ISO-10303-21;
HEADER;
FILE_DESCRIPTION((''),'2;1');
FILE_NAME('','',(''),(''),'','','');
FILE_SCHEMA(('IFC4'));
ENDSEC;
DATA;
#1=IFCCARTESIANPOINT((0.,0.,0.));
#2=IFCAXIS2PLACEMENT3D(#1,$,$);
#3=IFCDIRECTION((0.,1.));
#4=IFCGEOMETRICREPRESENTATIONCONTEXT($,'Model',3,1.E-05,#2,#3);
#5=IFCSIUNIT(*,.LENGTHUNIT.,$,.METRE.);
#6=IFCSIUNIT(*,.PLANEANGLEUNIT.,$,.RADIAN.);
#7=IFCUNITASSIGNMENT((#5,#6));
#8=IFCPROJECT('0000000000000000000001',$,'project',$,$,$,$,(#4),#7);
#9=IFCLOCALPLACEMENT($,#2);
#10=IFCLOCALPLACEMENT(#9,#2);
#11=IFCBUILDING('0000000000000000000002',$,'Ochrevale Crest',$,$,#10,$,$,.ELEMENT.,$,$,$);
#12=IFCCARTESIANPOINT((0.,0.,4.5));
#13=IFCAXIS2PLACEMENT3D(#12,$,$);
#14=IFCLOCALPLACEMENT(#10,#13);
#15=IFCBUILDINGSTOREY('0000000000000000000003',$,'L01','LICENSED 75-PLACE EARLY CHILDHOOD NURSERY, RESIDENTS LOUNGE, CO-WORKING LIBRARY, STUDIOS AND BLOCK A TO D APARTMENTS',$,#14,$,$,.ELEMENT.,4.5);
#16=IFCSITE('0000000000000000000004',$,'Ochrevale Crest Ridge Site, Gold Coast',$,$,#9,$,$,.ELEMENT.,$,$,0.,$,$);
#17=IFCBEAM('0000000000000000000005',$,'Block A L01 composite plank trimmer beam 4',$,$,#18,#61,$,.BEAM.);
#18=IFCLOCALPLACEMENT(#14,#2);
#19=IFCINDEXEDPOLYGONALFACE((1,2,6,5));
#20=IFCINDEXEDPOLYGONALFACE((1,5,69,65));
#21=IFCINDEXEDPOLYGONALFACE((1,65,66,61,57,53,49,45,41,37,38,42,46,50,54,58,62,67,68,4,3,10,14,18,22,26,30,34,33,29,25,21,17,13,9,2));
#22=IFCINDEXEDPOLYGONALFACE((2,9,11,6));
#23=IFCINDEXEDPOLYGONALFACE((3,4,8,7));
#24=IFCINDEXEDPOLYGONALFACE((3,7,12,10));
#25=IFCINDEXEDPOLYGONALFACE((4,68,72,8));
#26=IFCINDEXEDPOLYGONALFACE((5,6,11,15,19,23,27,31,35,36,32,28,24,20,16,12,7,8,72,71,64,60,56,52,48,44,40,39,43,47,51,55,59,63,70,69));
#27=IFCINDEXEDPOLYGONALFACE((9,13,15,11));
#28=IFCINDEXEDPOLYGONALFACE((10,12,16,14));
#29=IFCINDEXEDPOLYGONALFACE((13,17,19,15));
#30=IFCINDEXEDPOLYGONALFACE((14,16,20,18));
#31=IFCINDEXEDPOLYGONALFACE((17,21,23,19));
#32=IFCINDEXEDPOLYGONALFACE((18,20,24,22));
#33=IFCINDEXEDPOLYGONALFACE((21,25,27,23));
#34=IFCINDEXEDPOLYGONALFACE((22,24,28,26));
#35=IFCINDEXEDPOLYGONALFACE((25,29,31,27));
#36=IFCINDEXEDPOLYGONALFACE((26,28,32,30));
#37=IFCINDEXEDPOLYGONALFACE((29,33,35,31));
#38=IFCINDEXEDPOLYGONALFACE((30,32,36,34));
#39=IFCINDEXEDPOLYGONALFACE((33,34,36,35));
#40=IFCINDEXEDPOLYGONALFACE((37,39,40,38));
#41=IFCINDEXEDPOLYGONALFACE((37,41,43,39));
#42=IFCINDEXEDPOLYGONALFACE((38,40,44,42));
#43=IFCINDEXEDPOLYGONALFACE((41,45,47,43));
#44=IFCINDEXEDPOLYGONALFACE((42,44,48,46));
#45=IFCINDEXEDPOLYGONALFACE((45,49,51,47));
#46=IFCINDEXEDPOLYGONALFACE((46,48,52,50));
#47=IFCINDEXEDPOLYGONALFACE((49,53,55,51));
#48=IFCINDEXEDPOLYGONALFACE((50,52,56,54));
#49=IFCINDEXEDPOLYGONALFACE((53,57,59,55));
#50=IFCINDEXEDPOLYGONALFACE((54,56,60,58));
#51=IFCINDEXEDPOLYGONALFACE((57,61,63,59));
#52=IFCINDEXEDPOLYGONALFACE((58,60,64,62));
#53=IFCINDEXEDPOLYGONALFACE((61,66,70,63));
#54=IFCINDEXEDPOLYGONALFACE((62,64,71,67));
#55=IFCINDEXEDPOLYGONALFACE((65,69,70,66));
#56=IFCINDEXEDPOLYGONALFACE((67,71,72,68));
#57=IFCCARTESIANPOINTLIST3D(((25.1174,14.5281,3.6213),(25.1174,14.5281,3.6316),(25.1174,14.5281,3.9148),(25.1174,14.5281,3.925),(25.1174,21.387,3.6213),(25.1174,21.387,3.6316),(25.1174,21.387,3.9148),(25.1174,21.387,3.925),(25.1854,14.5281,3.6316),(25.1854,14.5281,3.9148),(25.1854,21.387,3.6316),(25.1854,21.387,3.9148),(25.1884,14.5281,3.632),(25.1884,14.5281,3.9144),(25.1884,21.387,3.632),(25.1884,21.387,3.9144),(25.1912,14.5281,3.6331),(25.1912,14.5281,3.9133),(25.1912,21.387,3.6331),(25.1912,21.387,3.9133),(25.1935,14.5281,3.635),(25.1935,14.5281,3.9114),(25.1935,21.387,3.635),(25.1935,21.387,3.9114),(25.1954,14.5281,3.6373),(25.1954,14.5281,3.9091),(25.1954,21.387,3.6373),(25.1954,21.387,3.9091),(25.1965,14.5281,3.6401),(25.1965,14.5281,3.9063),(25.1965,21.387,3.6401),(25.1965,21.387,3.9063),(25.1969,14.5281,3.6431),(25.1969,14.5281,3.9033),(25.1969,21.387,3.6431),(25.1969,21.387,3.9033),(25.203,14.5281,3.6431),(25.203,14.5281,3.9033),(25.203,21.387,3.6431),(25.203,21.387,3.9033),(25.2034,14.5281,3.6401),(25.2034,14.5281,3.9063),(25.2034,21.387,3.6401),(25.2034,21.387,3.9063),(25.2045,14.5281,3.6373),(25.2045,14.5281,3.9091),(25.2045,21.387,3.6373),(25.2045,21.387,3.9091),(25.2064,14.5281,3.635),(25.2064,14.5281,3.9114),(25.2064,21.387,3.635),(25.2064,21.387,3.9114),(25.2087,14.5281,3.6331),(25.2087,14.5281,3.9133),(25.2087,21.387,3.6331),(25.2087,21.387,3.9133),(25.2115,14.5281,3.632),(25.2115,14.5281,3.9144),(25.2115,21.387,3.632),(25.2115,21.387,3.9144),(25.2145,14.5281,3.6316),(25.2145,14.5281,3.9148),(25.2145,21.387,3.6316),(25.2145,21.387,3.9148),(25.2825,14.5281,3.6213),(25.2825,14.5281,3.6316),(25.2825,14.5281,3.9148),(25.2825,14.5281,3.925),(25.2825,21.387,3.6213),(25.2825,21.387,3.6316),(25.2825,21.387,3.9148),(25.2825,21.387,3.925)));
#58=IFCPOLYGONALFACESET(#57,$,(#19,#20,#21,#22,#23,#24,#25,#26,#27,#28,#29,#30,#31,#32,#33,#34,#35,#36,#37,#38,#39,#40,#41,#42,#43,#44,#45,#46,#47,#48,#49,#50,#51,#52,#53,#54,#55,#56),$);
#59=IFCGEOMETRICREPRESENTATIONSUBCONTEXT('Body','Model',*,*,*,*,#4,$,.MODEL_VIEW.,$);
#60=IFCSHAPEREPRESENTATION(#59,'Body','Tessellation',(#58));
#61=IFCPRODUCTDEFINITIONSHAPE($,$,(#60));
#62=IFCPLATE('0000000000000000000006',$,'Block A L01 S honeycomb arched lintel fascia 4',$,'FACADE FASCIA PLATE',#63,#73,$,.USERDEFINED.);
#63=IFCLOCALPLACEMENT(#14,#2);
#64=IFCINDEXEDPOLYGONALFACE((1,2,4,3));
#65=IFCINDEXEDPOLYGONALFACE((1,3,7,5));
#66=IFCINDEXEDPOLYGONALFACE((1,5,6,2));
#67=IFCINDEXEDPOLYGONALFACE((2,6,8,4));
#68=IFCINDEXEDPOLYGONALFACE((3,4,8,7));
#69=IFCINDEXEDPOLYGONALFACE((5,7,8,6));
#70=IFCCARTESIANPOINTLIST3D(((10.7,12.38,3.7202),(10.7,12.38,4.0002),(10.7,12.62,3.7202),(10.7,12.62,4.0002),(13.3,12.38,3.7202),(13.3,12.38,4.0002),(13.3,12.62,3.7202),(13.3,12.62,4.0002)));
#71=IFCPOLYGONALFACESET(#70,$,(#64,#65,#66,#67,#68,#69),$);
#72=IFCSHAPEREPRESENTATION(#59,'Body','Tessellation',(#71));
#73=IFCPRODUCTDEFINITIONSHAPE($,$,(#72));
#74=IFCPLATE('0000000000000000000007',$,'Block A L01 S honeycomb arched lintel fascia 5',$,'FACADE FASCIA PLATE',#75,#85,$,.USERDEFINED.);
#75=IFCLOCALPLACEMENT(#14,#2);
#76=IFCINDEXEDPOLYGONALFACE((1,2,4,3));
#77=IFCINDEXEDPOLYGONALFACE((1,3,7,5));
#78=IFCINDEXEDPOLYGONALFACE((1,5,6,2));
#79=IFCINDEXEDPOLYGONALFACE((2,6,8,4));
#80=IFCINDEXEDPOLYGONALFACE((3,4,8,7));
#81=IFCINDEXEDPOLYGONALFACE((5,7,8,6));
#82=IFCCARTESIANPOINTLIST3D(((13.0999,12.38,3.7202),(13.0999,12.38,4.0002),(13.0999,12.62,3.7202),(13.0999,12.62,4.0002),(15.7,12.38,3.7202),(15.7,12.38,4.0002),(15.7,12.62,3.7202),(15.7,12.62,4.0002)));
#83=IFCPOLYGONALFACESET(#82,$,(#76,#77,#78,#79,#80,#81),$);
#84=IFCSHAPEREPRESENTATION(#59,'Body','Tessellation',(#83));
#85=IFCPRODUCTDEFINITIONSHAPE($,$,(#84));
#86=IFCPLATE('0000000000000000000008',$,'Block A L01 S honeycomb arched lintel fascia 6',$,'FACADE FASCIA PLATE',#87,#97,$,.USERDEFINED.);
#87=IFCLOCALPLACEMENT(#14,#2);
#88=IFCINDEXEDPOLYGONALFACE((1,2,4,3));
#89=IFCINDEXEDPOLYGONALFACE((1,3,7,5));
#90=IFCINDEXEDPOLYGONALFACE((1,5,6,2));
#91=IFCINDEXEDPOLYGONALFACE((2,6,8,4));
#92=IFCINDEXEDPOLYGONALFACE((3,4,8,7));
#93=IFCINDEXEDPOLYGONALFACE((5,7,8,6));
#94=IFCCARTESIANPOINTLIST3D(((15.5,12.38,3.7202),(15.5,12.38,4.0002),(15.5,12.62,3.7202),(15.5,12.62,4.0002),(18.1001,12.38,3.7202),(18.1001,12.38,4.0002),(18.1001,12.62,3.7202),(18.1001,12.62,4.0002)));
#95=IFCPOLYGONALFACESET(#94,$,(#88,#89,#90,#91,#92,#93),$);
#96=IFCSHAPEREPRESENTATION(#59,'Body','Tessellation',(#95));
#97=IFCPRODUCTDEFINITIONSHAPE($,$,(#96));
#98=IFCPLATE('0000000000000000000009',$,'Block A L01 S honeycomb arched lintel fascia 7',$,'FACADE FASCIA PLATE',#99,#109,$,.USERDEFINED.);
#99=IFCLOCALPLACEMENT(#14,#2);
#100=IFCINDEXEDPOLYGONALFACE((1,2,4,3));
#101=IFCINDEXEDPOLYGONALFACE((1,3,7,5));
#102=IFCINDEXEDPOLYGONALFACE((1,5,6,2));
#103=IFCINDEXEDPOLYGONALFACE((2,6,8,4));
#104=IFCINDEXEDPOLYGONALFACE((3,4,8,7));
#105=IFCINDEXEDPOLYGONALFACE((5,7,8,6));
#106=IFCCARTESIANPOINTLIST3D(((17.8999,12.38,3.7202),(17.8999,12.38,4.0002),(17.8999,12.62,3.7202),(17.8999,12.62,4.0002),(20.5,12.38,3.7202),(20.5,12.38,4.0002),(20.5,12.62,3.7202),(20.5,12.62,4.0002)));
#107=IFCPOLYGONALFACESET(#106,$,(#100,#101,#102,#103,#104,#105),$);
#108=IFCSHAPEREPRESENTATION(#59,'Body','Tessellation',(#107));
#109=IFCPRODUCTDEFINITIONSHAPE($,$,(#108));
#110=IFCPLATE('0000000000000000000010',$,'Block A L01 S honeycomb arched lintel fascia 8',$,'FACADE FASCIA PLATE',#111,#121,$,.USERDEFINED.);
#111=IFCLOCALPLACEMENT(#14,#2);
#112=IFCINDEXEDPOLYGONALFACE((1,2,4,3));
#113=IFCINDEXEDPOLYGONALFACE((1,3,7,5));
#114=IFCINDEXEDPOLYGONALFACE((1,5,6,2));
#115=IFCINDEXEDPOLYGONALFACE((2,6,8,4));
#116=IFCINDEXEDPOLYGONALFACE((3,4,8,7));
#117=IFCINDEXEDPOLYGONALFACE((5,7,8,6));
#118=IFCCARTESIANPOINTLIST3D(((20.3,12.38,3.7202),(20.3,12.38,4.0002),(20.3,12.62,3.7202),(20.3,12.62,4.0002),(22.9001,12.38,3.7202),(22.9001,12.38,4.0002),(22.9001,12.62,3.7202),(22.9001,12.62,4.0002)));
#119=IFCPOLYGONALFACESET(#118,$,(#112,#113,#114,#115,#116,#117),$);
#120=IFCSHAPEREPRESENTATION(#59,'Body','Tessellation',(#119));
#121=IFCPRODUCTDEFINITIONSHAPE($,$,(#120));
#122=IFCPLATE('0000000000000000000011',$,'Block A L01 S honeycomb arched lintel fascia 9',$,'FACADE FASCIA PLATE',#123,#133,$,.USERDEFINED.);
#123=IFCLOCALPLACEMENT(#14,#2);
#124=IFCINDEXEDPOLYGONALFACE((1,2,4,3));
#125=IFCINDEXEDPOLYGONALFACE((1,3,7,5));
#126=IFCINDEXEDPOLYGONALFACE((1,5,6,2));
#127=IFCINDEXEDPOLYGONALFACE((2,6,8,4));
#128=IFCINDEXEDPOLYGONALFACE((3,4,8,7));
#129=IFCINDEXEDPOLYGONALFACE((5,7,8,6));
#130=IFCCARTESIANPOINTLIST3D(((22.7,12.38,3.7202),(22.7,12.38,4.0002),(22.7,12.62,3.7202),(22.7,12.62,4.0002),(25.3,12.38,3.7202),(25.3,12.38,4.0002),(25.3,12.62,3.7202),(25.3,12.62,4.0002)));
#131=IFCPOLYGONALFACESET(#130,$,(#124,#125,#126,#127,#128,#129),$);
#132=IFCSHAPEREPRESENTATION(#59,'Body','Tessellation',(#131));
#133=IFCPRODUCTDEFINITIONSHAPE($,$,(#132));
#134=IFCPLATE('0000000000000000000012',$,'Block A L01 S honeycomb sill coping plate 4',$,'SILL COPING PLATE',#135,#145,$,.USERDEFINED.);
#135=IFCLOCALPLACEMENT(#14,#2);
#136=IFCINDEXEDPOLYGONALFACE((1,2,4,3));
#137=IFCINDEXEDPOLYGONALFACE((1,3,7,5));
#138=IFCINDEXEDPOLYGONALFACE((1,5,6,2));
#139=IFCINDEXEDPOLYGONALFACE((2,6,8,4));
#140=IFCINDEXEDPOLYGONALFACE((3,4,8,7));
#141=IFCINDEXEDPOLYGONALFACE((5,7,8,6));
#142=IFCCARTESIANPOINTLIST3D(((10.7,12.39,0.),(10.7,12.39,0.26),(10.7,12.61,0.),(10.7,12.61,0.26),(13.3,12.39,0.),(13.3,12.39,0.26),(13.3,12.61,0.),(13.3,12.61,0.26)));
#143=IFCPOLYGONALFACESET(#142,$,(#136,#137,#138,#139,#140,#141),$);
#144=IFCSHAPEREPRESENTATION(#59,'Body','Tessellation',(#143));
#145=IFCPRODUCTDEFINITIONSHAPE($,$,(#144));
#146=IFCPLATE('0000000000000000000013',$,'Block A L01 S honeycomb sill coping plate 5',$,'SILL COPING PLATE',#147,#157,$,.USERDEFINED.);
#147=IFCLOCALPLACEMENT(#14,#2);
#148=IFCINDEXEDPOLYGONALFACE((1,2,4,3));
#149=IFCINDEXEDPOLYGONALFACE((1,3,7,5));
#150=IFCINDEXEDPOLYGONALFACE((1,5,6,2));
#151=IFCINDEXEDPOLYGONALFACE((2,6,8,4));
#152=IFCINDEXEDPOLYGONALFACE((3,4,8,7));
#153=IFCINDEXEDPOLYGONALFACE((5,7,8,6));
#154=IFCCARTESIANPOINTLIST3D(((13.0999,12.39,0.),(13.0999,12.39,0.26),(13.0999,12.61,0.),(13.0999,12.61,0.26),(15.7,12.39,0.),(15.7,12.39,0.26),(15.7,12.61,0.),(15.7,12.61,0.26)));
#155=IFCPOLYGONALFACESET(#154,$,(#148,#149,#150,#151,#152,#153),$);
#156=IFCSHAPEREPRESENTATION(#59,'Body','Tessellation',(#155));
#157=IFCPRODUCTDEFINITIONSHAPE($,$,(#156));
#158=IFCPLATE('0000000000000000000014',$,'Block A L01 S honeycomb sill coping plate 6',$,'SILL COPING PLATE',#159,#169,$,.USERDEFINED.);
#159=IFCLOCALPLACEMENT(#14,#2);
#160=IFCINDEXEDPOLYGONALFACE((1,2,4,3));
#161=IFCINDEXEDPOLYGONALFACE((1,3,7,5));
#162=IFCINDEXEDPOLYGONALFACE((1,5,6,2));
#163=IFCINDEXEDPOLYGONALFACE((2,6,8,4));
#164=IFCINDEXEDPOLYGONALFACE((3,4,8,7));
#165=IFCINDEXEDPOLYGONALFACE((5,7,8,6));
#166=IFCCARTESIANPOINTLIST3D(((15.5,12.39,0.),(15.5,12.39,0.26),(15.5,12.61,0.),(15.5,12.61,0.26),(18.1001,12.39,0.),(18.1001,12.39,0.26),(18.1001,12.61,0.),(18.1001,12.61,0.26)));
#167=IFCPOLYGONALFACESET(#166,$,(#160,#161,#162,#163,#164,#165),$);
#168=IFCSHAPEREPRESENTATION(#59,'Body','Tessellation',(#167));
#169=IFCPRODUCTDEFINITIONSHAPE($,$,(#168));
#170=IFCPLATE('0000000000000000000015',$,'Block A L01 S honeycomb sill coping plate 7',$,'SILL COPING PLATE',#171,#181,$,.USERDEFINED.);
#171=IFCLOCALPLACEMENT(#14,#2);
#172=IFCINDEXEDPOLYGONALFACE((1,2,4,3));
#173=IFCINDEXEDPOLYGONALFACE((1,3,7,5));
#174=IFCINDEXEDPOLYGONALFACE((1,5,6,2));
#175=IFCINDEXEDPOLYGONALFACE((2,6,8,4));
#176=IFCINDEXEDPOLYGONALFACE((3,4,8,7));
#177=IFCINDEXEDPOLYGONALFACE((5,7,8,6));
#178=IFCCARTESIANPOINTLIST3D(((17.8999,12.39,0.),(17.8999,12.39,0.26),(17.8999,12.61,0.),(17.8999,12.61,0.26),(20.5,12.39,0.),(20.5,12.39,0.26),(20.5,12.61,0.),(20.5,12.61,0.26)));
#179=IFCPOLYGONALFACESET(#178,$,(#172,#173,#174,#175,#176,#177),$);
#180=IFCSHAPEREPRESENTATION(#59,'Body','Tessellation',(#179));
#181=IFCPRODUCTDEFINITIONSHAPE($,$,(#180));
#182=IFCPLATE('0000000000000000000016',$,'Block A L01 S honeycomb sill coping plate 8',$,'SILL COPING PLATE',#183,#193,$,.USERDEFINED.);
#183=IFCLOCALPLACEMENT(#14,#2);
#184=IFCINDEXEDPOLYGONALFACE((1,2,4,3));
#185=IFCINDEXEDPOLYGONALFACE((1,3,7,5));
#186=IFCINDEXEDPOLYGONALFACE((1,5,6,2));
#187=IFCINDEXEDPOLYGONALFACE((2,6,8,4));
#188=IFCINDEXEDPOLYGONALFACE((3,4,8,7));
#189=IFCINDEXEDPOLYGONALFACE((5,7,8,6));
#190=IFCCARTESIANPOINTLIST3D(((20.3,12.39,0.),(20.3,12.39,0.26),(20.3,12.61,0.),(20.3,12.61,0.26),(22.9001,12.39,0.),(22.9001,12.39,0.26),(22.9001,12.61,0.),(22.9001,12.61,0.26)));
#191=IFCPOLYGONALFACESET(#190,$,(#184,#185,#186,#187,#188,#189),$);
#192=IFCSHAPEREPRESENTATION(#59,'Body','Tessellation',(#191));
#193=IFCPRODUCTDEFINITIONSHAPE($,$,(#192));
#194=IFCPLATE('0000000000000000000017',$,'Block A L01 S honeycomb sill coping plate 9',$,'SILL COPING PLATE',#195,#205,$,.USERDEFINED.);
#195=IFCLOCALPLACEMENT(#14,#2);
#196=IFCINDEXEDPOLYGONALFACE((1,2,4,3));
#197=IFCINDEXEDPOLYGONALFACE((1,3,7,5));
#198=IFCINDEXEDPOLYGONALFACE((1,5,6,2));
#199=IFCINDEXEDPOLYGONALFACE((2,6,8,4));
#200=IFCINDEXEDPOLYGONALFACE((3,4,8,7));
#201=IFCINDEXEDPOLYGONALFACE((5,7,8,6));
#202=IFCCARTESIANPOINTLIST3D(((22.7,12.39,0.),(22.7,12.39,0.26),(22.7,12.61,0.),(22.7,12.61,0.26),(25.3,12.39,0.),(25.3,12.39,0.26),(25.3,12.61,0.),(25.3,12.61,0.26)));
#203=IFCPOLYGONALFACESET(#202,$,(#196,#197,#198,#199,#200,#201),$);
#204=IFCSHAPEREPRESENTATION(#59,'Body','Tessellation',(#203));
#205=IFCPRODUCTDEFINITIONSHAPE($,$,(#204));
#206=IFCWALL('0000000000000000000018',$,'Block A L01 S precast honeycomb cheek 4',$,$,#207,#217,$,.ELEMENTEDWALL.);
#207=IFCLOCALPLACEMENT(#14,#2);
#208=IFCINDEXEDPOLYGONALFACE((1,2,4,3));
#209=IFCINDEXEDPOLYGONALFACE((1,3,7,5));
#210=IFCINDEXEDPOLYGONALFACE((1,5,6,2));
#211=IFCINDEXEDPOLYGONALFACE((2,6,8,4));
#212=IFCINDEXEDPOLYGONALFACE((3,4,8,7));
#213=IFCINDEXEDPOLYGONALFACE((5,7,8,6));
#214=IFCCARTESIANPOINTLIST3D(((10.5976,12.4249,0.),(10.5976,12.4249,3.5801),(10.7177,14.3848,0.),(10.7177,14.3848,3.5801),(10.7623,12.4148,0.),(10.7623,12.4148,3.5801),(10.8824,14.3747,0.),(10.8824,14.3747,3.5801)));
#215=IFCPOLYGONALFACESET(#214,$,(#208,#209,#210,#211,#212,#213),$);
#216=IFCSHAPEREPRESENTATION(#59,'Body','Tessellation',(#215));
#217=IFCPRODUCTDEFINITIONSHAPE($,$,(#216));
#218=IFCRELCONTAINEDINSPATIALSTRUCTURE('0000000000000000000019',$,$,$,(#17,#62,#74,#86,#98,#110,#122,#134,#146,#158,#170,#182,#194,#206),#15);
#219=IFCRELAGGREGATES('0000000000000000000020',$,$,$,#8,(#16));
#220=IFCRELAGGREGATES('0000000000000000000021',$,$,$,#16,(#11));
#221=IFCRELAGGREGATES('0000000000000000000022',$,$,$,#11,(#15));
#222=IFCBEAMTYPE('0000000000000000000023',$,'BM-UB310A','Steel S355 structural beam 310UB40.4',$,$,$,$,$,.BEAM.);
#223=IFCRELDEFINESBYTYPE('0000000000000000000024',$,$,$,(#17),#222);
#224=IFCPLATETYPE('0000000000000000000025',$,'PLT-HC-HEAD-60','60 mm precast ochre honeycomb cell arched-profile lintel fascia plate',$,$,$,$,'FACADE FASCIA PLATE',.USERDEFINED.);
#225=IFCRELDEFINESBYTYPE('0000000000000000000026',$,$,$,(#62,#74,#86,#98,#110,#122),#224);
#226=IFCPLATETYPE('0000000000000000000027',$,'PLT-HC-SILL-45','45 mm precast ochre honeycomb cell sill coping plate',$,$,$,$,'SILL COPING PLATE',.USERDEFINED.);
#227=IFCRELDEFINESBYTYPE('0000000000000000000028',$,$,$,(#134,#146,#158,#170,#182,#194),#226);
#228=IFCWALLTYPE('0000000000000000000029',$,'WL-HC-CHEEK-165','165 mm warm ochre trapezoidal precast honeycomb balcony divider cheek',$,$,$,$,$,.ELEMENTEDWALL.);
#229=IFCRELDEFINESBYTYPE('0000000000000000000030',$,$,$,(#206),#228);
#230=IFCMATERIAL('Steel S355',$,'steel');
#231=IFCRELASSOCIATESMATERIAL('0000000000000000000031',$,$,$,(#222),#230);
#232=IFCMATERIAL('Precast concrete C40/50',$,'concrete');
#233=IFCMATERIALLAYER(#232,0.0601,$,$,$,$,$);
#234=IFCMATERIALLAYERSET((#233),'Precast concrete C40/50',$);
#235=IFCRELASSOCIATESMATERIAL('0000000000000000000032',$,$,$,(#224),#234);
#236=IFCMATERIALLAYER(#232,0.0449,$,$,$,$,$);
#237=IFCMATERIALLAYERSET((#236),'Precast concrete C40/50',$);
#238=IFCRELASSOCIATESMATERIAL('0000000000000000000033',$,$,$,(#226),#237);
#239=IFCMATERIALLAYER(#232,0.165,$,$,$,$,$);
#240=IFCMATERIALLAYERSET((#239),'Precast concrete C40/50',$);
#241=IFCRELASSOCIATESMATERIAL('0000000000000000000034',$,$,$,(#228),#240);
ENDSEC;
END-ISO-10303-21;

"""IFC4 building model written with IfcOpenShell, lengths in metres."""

from ifc_helpers import new_model, si_unit, direction, frame, frame_2d, origin, origin_2d, place, context, subcontext, project, spatial, rectangle, i_section, extrude, material, layer, layer_set, material_profile, profile_set, type_object, element, save


model = new_model("IFC4")

# Units and contexts
model_context = context("Model", 3, precision=1e-05, world=origin(), true_north=direction((0.0, 1.0)))
body_context = subcontext(model_context, "Body", "Model", "MODEL_VIEW")
ifc_project = project(units=[si_unit("LENGTHUNIT", "METRE"), si_unit("PLANEANGLEUNIT", "RADIAN")], contexts=[model_context])

# Site, building, storey
site_placement = place(None, origin())
site = spatial("IfcSite", under=ifc_project, at=site_placement, Name="Ochrevale Crest Ridge Site, Gold Coast", CompositionType="ELEMENT", RefElevation=0.0)
building_placement = place(site_placement, origin())
building = spatial("IfcBuilding", under=site, at=building_placement, Name="Ochrevale Crest", CompositionType="ELEMENT")
storey_placement = place(building_placement, frame((0.0, 0.0, 4.5)))
storey = spatial("IfcBuildingStorey", under=building, at=storey_placement, Name="L01", Description="LICENSED 75-PLACE EARLY CHILDHOOD NURSERY, RESIDENTS LOUNGE, CO-WORKING LIBRARY, STUDIOS AND BLOCK A TO D APARTMENTS", CompositionType="ELEMENT", Elevation=4.5)

# Beam
ifc_material_1 = material(Name="Precast concrete C40/50", Category="concrete")
ifc_material_2 = material(Name="Steel S355", Category="steel")
ifc_material_profile_1 = material_profile(ifc_material_2, i_section(OverallWidth=0.165, OverallDepth=0.3037, WebThickness=0.0061, FlangeThickness=0.0103, FilletRadius=0.0115, at=origin_2d()), Name="310UB40.4")
ifc_profile_set_1 = profile_set([ifc_material_profile_1], Name="Steel S355")
beam_type_1 = type_object("IfcBeamType", Name="BM-UB310A", Description="Steel S355 structural beam 310UB40.4", PredefinedType="BEAM", material=ifc_profile_set_1)
beam_1_placement = place(storey_placement, frame((25.2, 14.5281, 3.7732), z_axis=(0.0, 1.0, 0.0), x_axis=(-1.0, 0.0, 0.0)))
element("IfcBeam", 1, at=beam_1_placement, inside=storey, type_object=beam_type_1, Name="Block A L01 composite plank trimmer beam 4", PredefinedType="BEAM", context=body_context, shape_type="SweptSolid", body=[
    extrude(i_section(OverallWidth=0.165, OverallDepth=0.3037, WebThickness=0.0061, FlangeThickness=0.0103, FilletRadius=0.0115, at=origin_2d()), origin(), (0.0, 0.0, 1.0), 6.8589),
])

# Plates
ifc_layer_1 = layer(ifc_material_1, 0.0601)
ifc_layer_set_1 = layer_set([ifc_layer_1], Name="Precast concrete C40/50")
plate_type_1 = type_object("IfcPlateType", Name="PLT-HC-HEAD-60", Description="60 mm precast ochre honeycomb cell arched-profile lintel fascia plate", ElementType="FACADE FASCIA PLATE", PredefinedType="USERDEFINED", material=ifc_layer_set_1)
for number, where, z_axis, x_axis, name in (
    (2, (12.0, 12.5, 3.7202), (0.0, 0.0, 1.0), (1.0, 0.0, 0.0), "Block A L01 S honeycomb arched lintel fascia 4"),
    (3, (14.3999, 12.5, 3.7202), (0.0, 0.0, 1.0), (1.0, 0.0, 0.0), "Block A L01 S honeycomb arched lintel fascia 5"),
    (4, (16.8, 12.5, 3.7202), (0.0, 0.0, 1.0), (1.0, 0.0, 0.0), "Block A L01 S honeycomb arched lintel fascia 6"),
    (5, (19.2, 12.5, 3.7202), (0.0, 0.0, 1.0), (1.0, 0.0, 0.0), "Block A L01 S honeycomb arched lintel fascia 7"),
    (6, (21.6001, 12.5, 3.7202), (0.0, 0.0, 1.0), (1.0, 0.0, 0.0), "Block A L01 S honeycomb arched lintel fascia 8"),
    (7, (24.0, 12.5, 3.7202), (0.0, 0.0, 1.0), (1.0, 0.0, 0.0), "Block A L01 S honeycomb arched lintel fascia 9"),
):
    element("IfcPlate", number, at=place(storey_placement, frame(where, z_axis=z_axis, x_axis=x_axis)), inside=storey, type_object=plate_type_1, Name=name, ObjectType="FACADE FASCIA PLATE", PredefinedType="USERDEFINED", context=body_context, shape_type="SweptSolid", body=[
        extrude(rectangle(XDim=2.6001, YDim=0.24, at=origin_2d()), origin(), (0.0, 0.0, 1.0), 0.28),
    ])
ifc_layer_2 = layer(ifc_material_1, 0.0449)
ifc_layer_set_2 = layer_set([ifc_layer_2], Name="Precast concrete C40/50")
plate_type_2 = type_object("IfcPlateType", Name="PLT-HC-SILL-45", Description="45 mm precast ochre honeycomb cell sill coping plate", ElementType="SILL COPING PLATE", PredefinedType="USERDEFINED", material=ifc_layer_set_2)
for number, where, z_axis, x_axis, name in (
    (8, (12.0, 12.5, 0.0), (0.0, 0.0, 1.0), (1.0, 0.0, 0.0), "Block A L01 S honeycomb sill coping plate 4"),
    (9, (14.3999, 12.5, 0.0), (0.0, 0.0, 1.0), (1.0, 0.0, 0.0), "Block A L01 S honeycomb sill coping plate 5"),
    (10, (16.8, 12.5, 0.0), (0.0, 0.0, 1.0), (1.0, 0.0, 0.0), "Block A L01 S honeycomb sill coping plate 6"),
    (11, (19.2, 12.5, 0.0), (0.0, 0.0, 1.0), (1.0, 0.0, 0.0), "Block A L01 S honeycomb sill coping plate 7"),
    (12, (21.6001, 12.5, 0.0), (0.0, 0.0, 1.0), (1.0, 0.0, 0.0), "Block A L01 S honeycomb sill coping plate 8"),
    (13, (24.0, 12.5, 0.0), (0.0, 0.0, 1.0), (1.0, 0.0, 0.0), "Block A L01 S honeycomb sill coping plate 9"),
):
    element("IfcPlate", number, at=place(storey_placement, frame(where, z_axis=z_axis, x_axis=x_axis)), inside=storey, type_object=plate_type_2, Name=name, ObjectType="SILL COPING PLATE", PredefinedType="USERDEFINED", context=body_context, shape_type="SweptSolid", body=[
        extrude(rectangle(XDim=2.6001, YDim=0.22, at=origin_2d()), origin(), (0.0, 0.0, 1.0), 0.26),
    ])

# Wall
ifc_layer_3 = layer(ifc_material_1, 0.165)
ifc_layer_set_3 = layer_set([ifc_layer_3], Name="Precast concrete C40/50")
wall_type_1 = type_object("IfcWallType", Name="WL-HC-CHEEK-165", Description="165 mm warm ochre trapezoidal precast honeycomb balcony divider cheek", PredefinedType="ELEMENTEDWALL", material=ifc_layer_set_3)
for number, where, z_axis, x_axis, name in (
    (14, (10.8, 14.3799, 0.0), (0.0, 0.0, 1.0), (-0.061171, -0.998127, 0.0), "Block A L01 S precast honeycomb cheek 4"),
):
    element("IfcWall", number, at=place(storey_placement, frame(where, z_axis=z_axis, x_axis=x_axis)), inside=storey, type_object=wall_type_1, Name=name, PredefinedType="ELEMENTEDWALL", context=body_context, shape_type="SweptSolid", body=[
        extrude(rectangle(XDim=1.9636, YDim=0.165, at=frame_2d((0.9819, 0.0))), origin(), (0.0, 0.0, 1.0), 3.5801),
    ])

save(model, "model.ifc")
